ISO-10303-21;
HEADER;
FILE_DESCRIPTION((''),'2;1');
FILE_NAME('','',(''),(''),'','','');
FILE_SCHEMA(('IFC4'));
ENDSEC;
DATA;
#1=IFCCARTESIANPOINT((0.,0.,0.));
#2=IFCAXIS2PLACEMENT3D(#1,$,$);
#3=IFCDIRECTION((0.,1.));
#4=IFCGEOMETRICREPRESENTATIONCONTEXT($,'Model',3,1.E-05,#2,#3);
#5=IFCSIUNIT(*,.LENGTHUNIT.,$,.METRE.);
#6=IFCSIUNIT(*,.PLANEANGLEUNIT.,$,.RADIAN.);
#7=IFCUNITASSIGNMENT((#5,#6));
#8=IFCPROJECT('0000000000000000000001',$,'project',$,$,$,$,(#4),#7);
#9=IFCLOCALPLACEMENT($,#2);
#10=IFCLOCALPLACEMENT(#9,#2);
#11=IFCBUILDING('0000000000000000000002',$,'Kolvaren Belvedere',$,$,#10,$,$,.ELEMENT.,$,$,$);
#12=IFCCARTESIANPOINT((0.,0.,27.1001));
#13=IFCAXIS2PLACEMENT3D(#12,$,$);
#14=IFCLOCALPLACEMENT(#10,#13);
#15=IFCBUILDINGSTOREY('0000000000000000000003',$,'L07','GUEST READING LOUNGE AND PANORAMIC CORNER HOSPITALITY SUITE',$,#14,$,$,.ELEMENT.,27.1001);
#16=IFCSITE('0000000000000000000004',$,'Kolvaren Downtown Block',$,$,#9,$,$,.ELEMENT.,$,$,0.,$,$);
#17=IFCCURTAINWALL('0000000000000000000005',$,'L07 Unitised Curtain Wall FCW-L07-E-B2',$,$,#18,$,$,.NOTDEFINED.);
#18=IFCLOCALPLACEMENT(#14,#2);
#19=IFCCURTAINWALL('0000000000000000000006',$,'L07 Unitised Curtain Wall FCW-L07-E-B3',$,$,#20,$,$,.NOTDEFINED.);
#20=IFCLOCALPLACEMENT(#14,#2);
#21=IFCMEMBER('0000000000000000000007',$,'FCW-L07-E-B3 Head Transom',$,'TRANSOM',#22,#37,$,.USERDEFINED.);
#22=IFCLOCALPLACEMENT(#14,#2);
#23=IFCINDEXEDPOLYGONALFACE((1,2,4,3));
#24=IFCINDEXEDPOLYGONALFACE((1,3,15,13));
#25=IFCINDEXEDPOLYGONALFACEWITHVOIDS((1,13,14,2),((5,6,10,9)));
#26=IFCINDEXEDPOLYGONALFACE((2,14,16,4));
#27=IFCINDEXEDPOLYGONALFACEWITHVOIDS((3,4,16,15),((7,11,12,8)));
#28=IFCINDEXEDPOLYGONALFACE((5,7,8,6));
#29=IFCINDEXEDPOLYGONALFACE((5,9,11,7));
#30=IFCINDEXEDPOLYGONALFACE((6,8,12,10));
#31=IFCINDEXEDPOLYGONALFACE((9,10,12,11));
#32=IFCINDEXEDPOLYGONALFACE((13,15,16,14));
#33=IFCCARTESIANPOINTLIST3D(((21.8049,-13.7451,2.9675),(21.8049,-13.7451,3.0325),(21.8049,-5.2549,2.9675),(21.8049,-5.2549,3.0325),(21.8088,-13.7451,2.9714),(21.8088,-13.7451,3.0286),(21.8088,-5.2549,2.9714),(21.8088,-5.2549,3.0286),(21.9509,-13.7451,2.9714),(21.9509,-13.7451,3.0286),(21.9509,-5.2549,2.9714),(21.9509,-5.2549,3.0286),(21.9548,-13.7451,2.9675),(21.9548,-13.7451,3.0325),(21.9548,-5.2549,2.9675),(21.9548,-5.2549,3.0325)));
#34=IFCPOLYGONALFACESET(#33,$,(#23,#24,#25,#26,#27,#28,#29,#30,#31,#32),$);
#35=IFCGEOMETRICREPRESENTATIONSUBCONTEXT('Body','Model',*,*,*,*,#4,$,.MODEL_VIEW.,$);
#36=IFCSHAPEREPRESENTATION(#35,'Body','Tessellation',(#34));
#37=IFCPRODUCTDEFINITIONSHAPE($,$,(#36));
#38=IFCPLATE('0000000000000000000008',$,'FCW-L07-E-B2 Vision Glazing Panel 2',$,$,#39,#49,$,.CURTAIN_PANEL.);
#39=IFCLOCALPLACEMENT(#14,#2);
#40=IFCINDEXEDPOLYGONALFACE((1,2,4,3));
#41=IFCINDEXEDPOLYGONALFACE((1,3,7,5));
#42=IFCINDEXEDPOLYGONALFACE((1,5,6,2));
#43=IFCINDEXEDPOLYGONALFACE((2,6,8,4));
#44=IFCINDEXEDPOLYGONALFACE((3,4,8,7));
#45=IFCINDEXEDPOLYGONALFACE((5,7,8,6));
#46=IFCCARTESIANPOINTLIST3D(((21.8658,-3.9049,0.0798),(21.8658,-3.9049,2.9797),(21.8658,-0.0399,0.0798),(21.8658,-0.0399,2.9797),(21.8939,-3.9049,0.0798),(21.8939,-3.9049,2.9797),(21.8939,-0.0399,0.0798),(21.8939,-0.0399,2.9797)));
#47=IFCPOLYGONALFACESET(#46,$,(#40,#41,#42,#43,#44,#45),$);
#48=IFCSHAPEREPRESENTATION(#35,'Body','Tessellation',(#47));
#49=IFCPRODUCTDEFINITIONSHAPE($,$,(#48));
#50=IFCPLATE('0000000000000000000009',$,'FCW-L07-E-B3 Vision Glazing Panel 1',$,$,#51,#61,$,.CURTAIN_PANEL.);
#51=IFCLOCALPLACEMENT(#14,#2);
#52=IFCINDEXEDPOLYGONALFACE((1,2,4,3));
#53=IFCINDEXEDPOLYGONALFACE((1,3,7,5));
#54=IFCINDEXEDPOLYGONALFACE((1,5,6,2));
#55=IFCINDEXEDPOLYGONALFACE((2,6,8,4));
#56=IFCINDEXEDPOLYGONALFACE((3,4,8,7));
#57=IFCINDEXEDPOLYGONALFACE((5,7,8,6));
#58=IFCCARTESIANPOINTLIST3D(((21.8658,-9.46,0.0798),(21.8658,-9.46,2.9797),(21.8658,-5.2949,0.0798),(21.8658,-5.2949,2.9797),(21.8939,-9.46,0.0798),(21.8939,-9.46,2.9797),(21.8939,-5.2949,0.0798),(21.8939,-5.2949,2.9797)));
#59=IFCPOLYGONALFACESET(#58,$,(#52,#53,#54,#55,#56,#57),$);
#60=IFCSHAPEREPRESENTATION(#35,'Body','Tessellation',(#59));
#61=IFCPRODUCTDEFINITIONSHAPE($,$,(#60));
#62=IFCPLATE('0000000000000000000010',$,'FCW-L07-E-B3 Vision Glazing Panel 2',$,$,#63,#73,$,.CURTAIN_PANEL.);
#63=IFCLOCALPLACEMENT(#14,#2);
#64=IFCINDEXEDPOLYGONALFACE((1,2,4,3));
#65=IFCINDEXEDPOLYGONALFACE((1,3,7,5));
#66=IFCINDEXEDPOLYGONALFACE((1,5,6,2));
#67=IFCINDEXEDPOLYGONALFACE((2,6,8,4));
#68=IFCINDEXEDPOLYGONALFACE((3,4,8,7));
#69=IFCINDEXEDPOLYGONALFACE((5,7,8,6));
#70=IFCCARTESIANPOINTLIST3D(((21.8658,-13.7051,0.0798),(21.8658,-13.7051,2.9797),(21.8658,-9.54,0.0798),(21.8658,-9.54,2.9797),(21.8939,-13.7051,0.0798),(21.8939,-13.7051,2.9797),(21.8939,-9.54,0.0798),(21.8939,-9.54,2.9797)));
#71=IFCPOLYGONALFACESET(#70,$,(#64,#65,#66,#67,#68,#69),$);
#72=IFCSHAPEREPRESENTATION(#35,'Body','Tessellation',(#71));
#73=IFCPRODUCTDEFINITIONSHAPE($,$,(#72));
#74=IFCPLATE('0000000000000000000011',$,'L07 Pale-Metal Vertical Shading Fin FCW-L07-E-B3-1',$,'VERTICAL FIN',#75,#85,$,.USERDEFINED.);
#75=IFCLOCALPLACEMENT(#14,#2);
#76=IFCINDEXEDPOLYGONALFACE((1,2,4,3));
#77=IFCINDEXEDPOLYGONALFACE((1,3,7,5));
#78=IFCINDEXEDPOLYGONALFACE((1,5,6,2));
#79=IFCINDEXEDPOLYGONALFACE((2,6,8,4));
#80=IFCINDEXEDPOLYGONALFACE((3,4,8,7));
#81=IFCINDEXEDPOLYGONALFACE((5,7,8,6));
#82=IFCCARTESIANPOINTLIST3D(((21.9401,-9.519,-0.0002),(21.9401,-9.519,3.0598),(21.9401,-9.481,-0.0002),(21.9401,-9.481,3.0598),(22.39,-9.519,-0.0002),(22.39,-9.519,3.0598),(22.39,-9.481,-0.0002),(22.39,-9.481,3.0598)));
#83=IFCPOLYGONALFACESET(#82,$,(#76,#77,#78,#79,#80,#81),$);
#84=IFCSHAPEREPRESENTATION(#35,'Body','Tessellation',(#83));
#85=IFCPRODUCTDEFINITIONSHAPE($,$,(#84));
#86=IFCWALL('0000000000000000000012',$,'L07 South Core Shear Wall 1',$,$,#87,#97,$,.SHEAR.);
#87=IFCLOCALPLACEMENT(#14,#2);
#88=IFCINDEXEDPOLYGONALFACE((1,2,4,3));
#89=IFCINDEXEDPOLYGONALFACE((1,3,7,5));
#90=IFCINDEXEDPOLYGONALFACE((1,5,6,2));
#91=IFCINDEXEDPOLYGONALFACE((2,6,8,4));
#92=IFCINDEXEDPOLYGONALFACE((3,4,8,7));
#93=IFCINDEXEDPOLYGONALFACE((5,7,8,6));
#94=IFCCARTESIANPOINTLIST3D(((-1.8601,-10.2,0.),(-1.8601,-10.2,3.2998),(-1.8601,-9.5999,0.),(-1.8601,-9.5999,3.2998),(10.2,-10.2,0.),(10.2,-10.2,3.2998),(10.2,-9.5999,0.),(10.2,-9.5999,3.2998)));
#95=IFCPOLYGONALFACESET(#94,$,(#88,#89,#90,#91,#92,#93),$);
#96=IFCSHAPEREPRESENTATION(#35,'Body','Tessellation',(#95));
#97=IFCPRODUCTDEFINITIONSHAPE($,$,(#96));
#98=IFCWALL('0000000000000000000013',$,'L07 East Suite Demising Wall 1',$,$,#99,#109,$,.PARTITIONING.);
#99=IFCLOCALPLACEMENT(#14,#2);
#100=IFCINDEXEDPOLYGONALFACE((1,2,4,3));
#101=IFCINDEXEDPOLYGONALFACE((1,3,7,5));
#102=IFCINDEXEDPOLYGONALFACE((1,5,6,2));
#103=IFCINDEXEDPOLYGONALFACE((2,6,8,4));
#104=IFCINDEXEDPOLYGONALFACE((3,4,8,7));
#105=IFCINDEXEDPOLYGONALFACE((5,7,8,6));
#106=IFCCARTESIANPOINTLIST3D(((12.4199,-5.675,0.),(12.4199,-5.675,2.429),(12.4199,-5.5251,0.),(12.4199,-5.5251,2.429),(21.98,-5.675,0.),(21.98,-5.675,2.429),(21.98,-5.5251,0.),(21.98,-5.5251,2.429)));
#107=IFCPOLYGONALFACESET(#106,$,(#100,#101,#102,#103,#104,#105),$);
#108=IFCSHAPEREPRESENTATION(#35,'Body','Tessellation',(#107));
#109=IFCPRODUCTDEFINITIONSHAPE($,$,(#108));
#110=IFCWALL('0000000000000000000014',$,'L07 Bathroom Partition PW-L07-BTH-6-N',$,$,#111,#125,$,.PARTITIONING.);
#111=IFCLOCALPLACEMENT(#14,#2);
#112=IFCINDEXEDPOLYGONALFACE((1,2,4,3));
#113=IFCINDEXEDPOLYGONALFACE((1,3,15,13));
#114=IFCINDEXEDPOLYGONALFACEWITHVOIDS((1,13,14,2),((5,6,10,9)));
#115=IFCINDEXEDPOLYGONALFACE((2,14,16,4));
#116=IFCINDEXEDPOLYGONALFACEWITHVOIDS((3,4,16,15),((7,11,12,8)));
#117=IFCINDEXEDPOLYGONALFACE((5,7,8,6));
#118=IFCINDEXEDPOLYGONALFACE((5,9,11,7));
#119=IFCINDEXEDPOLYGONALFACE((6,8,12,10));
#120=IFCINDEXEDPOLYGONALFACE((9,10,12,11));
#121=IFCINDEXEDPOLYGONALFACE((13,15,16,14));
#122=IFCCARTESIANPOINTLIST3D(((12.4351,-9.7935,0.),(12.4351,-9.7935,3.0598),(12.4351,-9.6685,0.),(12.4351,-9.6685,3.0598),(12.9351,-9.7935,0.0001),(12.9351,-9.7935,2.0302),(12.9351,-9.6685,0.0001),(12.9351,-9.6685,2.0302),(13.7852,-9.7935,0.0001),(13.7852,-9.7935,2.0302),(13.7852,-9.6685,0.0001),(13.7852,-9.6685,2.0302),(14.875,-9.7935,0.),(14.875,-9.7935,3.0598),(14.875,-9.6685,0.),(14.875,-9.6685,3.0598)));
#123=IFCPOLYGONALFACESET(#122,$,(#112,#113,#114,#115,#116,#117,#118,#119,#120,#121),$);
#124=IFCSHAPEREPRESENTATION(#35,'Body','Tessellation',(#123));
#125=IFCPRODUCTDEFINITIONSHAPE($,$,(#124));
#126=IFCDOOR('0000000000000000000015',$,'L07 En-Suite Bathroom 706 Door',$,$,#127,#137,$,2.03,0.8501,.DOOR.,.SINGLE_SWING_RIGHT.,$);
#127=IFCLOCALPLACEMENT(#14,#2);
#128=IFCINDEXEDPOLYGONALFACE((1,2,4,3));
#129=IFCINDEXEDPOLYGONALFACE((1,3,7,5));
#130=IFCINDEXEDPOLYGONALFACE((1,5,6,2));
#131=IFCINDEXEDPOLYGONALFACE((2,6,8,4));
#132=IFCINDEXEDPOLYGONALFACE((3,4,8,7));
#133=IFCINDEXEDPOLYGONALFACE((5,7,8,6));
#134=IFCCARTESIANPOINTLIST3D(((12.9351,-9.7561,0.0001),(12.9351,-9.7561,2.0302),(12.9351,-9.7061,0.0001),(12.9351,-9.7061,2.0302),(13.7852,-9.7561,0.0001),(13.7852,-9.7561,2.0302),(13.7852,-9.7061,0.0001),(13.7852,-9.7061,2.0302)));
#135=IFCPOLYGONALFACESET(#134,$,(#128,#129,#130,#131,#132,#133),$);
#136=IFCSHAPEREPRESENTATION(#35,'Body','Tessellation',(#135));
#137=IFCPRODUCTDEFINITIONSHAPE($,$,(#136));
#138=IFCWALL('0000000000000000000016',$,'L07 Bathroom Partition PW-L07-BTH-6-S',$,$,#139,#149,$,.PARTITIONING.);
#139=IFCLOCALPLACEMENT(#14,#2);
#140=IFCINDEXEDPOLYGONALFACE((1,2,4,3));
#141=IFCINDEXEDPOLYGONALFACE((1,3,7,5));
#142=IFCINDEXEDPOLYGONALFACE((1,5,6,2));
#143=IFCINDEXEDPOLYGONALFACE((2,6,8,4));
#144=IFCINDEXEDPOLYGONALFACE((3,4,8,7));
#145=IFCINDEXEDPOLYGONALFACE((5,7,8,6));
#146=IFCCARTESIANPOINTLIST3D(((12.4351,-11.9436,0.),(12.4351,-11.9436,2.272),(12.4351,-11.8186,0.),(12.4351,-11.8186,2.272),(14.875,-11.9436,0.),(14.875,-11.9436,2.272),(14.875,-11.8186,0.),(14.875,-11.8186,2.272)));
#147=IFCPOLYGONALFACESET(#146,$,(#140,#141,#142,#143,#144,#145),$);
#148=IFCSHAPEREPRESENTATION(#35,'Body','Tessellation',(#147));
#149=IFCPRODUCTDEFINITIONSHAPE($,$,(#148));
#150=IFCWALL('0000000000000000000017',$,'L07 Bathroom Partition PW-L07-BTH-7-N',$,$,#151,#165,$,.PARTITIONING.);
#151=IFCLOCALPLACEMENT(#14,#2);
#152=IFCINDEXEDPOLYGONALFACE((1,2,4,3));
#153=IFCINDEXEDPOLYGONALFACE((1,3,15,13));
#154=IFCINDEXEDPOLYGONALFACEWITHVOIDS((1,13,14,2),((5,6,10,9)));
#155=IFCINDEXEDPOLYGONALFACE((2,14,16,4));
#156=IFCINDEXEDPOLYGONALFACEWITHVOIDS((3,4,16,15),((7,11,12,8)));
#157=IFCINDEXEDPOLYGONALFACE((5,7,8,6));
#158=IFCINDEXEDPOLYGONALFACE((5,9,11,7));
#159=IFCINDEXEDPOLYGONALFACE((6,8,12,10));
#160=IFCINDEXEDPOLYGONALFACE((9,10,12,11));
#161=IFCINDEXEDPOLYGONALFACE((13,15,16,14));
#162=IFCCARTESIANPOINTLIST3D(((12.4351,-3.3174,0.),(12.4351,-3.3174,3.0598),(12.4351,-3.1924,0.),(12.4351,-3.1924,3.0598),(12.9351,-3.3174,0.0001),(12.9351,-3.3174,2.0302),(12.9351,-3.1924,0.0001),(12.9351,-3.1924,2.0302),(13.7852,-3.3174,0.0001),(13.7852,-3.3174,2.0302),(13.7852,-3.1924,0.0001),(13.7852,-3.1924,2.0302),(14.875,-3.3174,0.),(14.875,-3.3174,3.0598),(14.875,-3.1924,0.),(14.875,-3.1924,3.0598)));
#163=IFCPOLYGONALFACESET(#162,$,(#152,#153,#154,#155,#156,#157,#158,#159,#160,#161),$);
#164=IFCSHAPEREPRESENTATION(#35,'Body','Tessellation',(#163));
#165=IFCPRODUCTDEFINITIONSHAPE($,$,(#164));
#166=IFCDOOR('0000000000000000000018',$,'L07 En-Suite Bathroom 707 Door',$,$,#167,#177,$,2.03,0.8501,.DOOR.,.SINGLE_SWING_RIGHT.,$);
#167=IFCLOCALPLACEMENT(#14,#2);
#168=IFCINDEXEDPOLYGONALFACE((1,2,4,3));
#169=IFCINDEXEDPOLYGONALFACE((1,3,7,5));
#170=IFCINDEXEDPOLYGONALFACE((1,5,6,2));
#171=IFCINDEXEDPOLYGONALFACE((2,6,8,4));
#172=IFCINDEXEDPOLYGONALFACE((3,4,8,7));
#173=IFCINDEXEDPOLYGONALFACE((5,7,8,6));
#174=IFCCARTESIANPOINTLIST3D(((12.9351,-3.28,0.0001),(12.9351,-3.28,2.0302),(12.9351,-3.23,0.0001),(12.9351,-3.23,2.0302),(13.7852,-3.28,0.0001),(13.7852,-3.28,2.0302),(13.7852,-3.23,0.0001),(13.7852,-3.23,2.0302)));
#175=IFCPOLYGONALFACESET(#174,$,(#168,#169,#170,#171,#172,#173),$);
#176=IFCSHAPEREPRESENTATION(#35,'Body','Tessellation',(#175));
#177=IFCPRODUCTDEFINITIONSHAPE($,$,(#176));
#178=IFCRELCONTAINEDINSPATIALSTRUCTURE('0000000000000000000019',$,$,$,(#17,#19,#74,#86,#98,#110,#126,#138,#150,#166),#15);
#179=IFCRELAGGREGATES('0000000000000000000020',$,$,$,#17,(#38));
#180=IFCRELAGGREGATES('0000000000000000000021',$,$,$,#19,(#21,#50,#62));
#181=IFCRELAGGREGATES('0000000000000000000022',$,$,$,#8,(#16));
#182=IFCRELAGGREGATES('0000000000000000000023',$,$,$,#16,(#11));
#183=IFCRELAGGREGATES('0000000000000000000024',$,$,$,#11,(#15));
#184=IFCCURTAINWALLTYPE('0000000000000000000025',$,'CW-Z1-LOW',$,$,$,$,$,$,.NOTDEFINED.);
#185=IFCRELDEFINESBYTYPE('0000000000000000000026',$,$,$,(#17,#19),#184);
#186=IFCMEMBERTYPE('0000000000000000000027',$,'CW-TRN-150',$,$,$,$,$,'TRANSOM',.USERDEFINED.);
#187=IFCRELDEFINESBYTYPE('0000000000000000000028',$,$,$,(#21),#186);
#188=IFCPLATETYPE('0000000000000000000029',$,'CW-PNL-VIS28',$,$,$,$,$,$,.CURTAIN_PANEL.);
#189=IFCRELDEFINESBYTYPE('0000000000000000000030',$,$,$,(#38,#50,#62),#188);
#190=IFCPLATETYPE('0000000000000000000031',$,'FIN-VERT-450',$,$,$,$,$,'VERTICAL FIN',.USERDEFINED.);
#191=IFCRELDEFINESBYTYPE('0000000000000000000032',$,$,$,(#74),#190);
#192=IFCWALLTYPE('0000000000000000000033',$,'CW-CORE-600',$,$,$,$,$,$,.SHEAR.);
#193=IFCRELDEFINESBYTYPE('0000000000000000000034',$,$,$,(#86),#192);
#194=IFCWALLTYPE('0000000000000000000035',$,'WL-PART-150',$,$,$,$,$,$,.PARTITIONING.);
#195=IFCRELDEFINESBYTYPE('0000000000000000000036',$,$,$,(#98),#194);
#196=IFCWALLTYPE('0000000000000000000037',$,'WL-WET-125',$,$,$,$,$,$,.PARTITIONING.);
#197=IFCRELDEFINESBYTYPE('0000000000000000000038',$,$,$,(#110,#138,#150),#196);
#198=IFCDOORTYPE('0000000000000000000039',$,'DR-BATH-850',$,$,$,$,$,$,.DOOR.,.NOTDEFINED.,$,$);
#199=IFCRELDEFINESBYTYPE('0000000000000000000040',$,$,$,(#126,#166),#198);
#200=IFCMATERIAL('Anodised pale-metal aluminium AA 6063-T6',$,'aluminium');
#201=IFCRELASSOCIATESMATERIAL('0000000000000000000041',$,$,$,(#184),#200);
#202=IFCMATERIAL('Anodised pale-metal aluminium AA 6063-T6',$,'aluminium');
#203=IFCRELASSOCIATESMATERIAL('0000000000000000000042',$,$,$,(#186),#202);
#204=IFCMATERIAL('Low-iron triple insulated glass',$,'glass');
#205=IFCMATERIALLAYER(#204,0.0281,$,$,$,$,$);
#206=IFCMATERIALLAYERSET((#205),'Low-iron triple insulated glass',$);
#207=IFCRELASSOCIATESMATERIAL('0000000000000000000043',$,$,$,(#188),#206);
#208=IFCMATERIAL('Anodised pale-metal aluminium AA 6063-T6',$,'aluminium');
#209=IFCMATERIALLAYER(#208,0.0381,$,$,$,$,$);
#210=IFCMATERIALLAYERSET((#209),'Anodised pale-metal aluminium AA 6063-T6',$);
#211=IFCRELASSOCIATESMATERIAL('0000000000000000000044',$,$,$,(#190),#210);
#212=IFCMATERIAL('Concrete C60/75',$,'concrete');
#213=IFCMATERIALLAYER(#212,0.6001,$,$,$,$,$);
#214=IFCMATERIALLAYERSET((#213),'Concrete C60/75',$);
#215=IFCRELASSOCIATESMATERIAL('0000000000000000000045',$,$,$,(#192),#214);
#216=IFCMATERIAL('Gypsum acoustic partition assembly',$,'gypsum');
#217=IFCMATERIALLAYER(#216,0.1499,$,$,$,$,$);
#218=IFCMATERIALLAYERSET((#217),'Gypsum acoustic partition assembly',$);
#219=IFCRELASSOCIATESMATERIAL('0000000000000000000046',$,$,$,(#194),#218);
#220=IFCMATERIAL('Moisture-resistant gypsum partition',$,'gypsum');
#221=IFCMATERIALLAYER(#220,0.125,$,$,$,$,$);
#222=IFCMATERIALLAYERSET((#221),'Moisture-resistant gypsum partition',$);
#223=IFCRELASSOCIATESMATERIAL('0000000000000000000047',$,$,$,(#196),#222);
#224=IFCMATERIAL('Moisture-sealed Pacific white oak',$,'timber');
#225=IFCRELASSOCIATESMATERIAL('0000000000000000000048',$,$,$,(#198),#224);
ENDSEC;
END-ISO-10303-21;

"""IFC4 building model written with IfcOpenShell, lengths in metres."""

from ifc_helpers import new_model, si_unit, direction, frame, frame_2d, origin, origin_2d, place, context, subcontext, project, spatial, rectangle, hollow_rectangle, extrude, material, layer, layer_set, material_profile, profile_set, type_object, element, fill, aggregate, save


model = new_model("IFC4")

# Units and contexts
model_context = context("Model", 3, precision=1e-05, world=origin(), true_north=direction((0.0, 1.0)))
body_context = subcontext(model_context, "Body", "Model", "MODEL_VIEW")
ifc_project = project(units=[si_unit("LENGTHUNIT", "METRE"), si_unit("PLANEANGLEUNIT", "RADIAN")], contexts=[model_context])

# Site, building, storey
site_placement = place(None, origin())
site = spatial("IfcSite", under=ifc_project, at=site_placement, Name="Kolvaren Downtown Block", CompositionType="ELEMENT", RefElevation=0.0)
building_placement = place(site_placement, origin())
building = spatial("IfcBuilding", under=site, at=building_placement, Name="Kolvaren Belvedere", CompositionType="ELEMENT")
storey_placement = place(building_placement, frame((0.0, 0.0, 27.1001)))
storey = spatial("IfcBuildingStorey", under=building, at=storey_placement, Name="L07", Description="GUEST READING LOUNGE AND PANORAMIC CORNER HOSPITALITY SUITE", CompositionType="ELEMENT", Elevation=27.1001)

# Curtain walls, member
ifc_material_1 = material(Name="Anodised pale-metal aluminium AA 6063-T6", Category="aluminium")
curtain_wall_type = type_object("IfcCurtainWallType", Name="CW-Z1-LOW", PredefinedType="NOTDEFINED", material=ifc_material_1)
curtain_wall_1_placement = place(storey_placement, origin())
curtain_wall_1 = element("IfcCurtainWall", 1, at=curtain_wall_1_placement, inside=storey, type_object=curtain_wall_type, Name="L07 Unitised Curtain Wall FCW-L07-E-B2", PredefinedType="NOTDEFINED")
curtain_wall_2_placement = place(storey_placement, origin())
curtain_wall_2 = element("IfcCurtainWall", 2, at=curtain_wall_2_placement, inside=storey, type_object=curtain_wall_type, Name="L07 Unitised Curtain Wall FCW-L07-E-B3", PredefinedType="NOTDEFINED")
ifc_material_2 = material(Name="Anodised pale-metal aluminium AA 6063-T6", Category="aluminium")
ifc_material_profile_1 = material_profile(ifc_material_2, hollow_rectangle(XDim=0.0649, YDim=0.1499, WallThickness=0.0039, at=origin_2d()), Name="ALU-TRN-150X65")
ifc_profile_set_1 = profile_set([ifc_material_profile_1], Name="Anodised pale-metal aluminium AA 6063-T6")
member_type_1 = type_object("IfcMemberType", Name="CW-TRN-150", ElementType="TRANSOM", PredefinedType="USERDEFINED", material=ifc_profile_set_1)
member_1_placement = place(storey_placement, frame((21.8799, -5.2549, 3.0), z_axis=(0.0, -1.0, 0.0), x_axis=(0.0, 0.0, 1.0)))
member_1 = element("IfcMember", 3, at=member_1_placement, type_object=member_type_1, Name="FCW-L07-E-B3 Head Transom", ObjectType="TRANSOM", PredefinedType="USERDEFINED", context=body_context, shape_type="SweptSolid", body=[
    extrude(hollow_rectangle(XDim=0.0649, YDim=0.1499, WallThickness=0.0039, at=origin_2d()), origin(), (0.0, 0.0, 1.0), 8.4902),
])

# Plates
ifc_material_3 = material(Name="Low-iron triple insulated glass", Category="glass")
ifc_layer_1 = layer(ifc_material_3, 0.0281)
ifc_layer_set_1 = layer_set([ifc_layer_1], Name="Low-iron triple insulated glass")
plate_type_1 = type_object("IfcPlateType", Name="CW-PNL-VIS28", PredefinedType="CURTAIN_PANEL", material=ifc_layer_set_1)
plate_1_placement = place(storey_placement, frame((21.8799, -1.9724, 0.0798), z_axis=(0.0, 0.0, 1.0), x_axis=(0.0, -1.0, 0.0)))
plate_1 = element("IfcPlate", 4, at=plate_1_placement, type_object=plate_type_1, Name="FCW-L07-E-B2 Vision Glazing Panel 2", PredefinedType="CURTAIN_PANEL", context=body_context, shape_type="SweptSolid", body=[
    extrude(rectangle(XDim=3.865, YDim=0.0281, at=origin_2d()), origin(), (0.0, 0.0, 1.0), 2.8999),
])
aggregate(curtain_wall_1, [plate_1])
plate_2_placement = place(storey_placement, frame((21.8799, -7.3774, 0.0798), z_axis=(0.0, 0.0, 1.0), x_axis=(0.0, -1.0, 0.0)))
plate_2 = element("IfcPlate", 5, at=plate_2_placement, type_object=plate_type_1, Name="FCW-L07-E-B3 Vision Glazing Panel 1", PredefinedType="CURTAIN_PANEL", context=body_context, shape_type="SweptSolid", body=[
    extrude(rectangle(XDim=4.165, YDim=0.0281, at=origin_2d()), origin(), (0.0, 0.0, 1.0), 2.8999),
])
plate_3_placement = place(storey_placement, frame((21.8799, -11.6226, 0.0798), z_axis=(0.0, 0.0, 1.0), x_axis=(0.0, -1.0, 0.0)))
plate_3 = element("IfcPlate", 6, at=plate_3_placement, type_object=plate_type_1, Name="FCW-L07-E-B3 Vision Glazing Panel 2", PredefinedType="CURTAIN_PANEL", context=body_context, shape_type="SweptSolid", body=[
    extrude(rectangle(XDim=4.165, YDim=0.0281, at=origin_2d()), origin(), (0.0, 0.0, 1.0), 2.8999),
])
aggregate(curtain_wall_2, [member_1, plate_2, plate_3])
ifc_material_4 = material(Name="Anodised pale-metal aluminium AA 6063-T6", Category="aluminium")
ifc_layer_2 = layer(ifc_material_4, 0.0381)
ifc_layer_set_2 = layer_set([ifc_layer_2], Name="Anodised pale-metal aluminium AA 6063-T6")
plate_type_2 = type_object("IfcPlateType", Name="FIN-VERT-450", ElementType="VERTICAL FIN", PredefinedType="USERDEFINED", material=ifc_layer_set_2)
plate_4_placement = place(storey_placement, frame((22.165, -9.5, -0.0002), z_axis=(0.0, 0.0, 1.0), x_axis=(1.0, 0.0, 0.0)))
element("IfcPlate", 7, at=plate_4_placement, inside=storey, type_object=plate_type_2, Name="L07 Pale-Metal Vertical Shading Fin FCW-L07-E-B3-1", ObjectType="VERTICAL FIN", PredefinedType="USERDEFINED", context=body_context, shape_type="SweptSolid", body=[
    extrude(rectangle(XDim=0.45, YDim=0.0381, at=origin_2d()), origin(), (0.0, 0.0, 1.0), 3.0601),
])

# Walls
ifc_material_5 = material(Name="Concrete C60/75", Category="concrete")
ifc_layer_3 = layer(ifc_material_5, 0.6001)
ifc_layer_set_3 = layer_set([ifc_layer_3], Name="Concrete C60/75")
wall_type_1 = type_object("IfcWallType", Name="CW-CORE-600", PredefinedType="SHEAR", material=ifc_layer_set_3)
wall_1_placement = place(storey_placement, frame((10.2, -9.8999, 0.0), z_axis=(0.0, 0.0, 1.0), x_axis=(-1.0, 0.0, 0.0)))
element("IfcWall", 8, at=wall_1_placement, inside=storey, type_object=wall_type_1, Name="L07 South Core Shear Wall 1", PredefinedType="SHEAR", context=body_context, shape_type="SweptSolid", body=[
    extrude(rectangle(XDim=12.0601, YDim=0.6001, at=frame_2d((6.03, 0.0))), origin(), (0.0, 0.0, 1.0), 3.2998),
])
ifc_material_6 = material(Name="Gypsum acoustic partition assembly", Category="gypsum")
ifc_layer_4 = layer(ifc_material_6, 0.1499)
ifc_layer_set_4 = layer_set([ifc_layer_4], Name="Gypsum acoustic partition assembly")
wall_type_2 = type_object("IfcWallType", Name="WL-PART-150", PredefinedType="PARTITIONING", material=ifc_layer_set_4)
wall_2_placement = place(storey_placement, frame((12.4199, -5.6001, 0.0), z_axis=(0.0, 0.0, 1.0), x_axis=(1.0, 0.0, 0.0)))
element("IfcWall", 9, at=wall_2_placement, inside=storey, type_object=wall_type_2, Name="L07 East Suite Demising Wall 1", PredefinedType="PARTITIONING", context=body_context, shape_type="SweptSolid", body=[
    extrude(rectangle(XDim=9.5601, YDim=0.1499, at=frame_2d((4.78, 0.0))), origin(), (0.0, 0.0, 1.0), 2.429),
])

# Wall, opening, door
ifc_material_7 = material(Name="Moisture-resistant gypsum partition", Category="gypsum")
ifc_layer_5 = layer(ifc_material_7, 0.125)
ifc_layer_set_5 = layer_set([ifc_layer_5], Name="Moisture-resistant gypsum partition")
wall_type_3 = type_object("IfcWallType", Name="WL-WET-125", PredefinedType="PARTITIONING", material=ifc_layer_set_5)
wall_3_placement = place(storey_placement, frame((12.4351, -9.731, 0.0), z_axis=(0.0, 0.0, 1.0), x_axis=(1.0, 0.0, 0.0)))
wall_3 = element("IfcWall", 10, at=wall_3_placement, inside=storey, type_object=wall_type_3, Name="L07 Bathroom Partition PW-L07-BTH-6-N", PredefinedType="PARTITIONING", context=body_context, shape_type="SweptSolid", body=[
    extrude(rectangle(XDim=2.4399, YDim=0.125, at=frame_2d((1.22, 0.0))), origin(), (0.0, 0.0, 1.0), 3.0598),
])
opening_1_placement = place(wall_3_placement, frame((0.5, 0.0, 0.0)))
opening_1 = element("IfcOpeningElement", 11, at=opening_1_placement, cuts=wall_3, PredefinedType="OPENING", context=body_context, shape_type="SweptSolid", body=[
    extrude(rectangle(XDim=0.8501, YDim=2.03, at=frame_2d((0.425, 1.0151))), frame((0.0, 0.0725, 0.0), z_axis=(0.0, -1.0, 0.0), x_axis=(1.0, 0.0, 0.0)), (0.0, 0.0, 1.0), 0.145),
])
ifc_material_8 = material(Name="Moisture-sealed Pacific white oak", Category="timber")
door_type = type_object("IfcDoorType", Name="DR-BATH-850", OperationType="NOTDEFINED", PredefinedType="DOOR", material=ifc_material_8)
door_1_placement = place(opening_1_placement, origin())
door_1 = element("IfcDoor", 12, at=door_1_placement, inside=storey, type_object=door_type, Name="L07 En-Suite Bathroom 706 Door", OperationType="SINGLE_SWING_RIGHT", OverallHeight=2.03, OverallWidth=0.8501, PredefinedType="DOOR", context=body_context, shape_type="SweptSolid", body=[
    extrude(rectangle(XDim=0.8501, YDim=2.03, at=frame_2d((0.425, 1.0151))), frame((0.0, 0.0249, 0.0), z_axis=(0.0, -1.0, 0.0), x_axis=(1.0, 0.0, 0.0)), (0.0, 0.0, 1.0), 0.05),
])
fill(opening_1, door_1)

# Wall
wall_4_placement = place(storey_placement, frame((12.4351, -11.8811, 0.0), z_axis=(0.0, 0.0, 1.0), x_axis=(1.0, 0.0, 0.0)))
element("IfcWall", 13, at=wall_4_placement, inside=storey, type_object=wall_type_3, Name="L07 Bathroom Partition PW-L07-BTH-6-S", PredefinedType="PARTITIONING", context=body_context, shape_type="SweptSolid", body=[
    extrude(rectangle(XDim=2.4399, YDim=0.125, at=frame_2d((1.22, 0.0))), origin(), (0.0, 0.0, 1.0), 2.272),
])

# Wall, opening, door
wall_5_placement = place(storey_placement, frame((12.4351, -3.2549, 0.0), z_axis=(0.0, 0.0, 1.0), x_axis=(1.0, 0.0, 0.0)))
wall_5 = element("IfcWall", 14, at=wall_5_placement, inside=storey, type_object=wall_type_3, Name="L07 Bathroom Partition PW-L07-BTH-7-N", PredefinedType="PARTITIONING", context=body_context, shape_type="SweptSolid", body=[
    extrude(rectangle(XDim=2.4399, YDim=0.125, at=frame_2d((1.22, 0.0))), origin(), (0.0, 0.0, 1.0), 3.0598),
])
opening_2_placement = place(wall_5_placement, frame((0.5, 0.0, 0.0)))
opening_2 = element("IfcOpeningElement", 15, at=opening_2_placement, cuts=wall_5, PredefinedType="OPENING", context=body_context, shape_type="SweptSolid", body=[
    extrude(rectangle(XDim=0.8501, YDim=2.03, at=frame_2d((0.425, 1.0151))), frame((0.0, 0.0725, 0.0), z_axis=(0.0, -1.0, 0.0), x_axis=(1.0, 0.0, 0.0)), (0.0, 0.0, 1.0), 0.145),
])
door_2_placement = place(opening_2_placement, origin())
door_2 = element("IfcDoor", 16, at=door_2_placement, inside=storey, type_object=door_type, Name="L07 En-Suite Bathroom 707 Door", OperationType="SINGLE_SWING_RIGHT", OverallHeight=2.03, OverallWidth=0.8501, PredefinedType="DOOR", context=body_context, shape_type="SweptSolid", body=[
    extrude(rectangle(XDim=0.8501, YDim=2.03, at=frame_2d((0.425, 1.0151))), frame((0.0, 0.0249, 0.0), z_axis=(0.0, -1.0, 0.0), x_axis=(1.0, 0.0, 0.0)), (0.0, 0.0, 1.0), 0.05),
])
fill(opening_2, door_2)

save(model, "model.ifc")
